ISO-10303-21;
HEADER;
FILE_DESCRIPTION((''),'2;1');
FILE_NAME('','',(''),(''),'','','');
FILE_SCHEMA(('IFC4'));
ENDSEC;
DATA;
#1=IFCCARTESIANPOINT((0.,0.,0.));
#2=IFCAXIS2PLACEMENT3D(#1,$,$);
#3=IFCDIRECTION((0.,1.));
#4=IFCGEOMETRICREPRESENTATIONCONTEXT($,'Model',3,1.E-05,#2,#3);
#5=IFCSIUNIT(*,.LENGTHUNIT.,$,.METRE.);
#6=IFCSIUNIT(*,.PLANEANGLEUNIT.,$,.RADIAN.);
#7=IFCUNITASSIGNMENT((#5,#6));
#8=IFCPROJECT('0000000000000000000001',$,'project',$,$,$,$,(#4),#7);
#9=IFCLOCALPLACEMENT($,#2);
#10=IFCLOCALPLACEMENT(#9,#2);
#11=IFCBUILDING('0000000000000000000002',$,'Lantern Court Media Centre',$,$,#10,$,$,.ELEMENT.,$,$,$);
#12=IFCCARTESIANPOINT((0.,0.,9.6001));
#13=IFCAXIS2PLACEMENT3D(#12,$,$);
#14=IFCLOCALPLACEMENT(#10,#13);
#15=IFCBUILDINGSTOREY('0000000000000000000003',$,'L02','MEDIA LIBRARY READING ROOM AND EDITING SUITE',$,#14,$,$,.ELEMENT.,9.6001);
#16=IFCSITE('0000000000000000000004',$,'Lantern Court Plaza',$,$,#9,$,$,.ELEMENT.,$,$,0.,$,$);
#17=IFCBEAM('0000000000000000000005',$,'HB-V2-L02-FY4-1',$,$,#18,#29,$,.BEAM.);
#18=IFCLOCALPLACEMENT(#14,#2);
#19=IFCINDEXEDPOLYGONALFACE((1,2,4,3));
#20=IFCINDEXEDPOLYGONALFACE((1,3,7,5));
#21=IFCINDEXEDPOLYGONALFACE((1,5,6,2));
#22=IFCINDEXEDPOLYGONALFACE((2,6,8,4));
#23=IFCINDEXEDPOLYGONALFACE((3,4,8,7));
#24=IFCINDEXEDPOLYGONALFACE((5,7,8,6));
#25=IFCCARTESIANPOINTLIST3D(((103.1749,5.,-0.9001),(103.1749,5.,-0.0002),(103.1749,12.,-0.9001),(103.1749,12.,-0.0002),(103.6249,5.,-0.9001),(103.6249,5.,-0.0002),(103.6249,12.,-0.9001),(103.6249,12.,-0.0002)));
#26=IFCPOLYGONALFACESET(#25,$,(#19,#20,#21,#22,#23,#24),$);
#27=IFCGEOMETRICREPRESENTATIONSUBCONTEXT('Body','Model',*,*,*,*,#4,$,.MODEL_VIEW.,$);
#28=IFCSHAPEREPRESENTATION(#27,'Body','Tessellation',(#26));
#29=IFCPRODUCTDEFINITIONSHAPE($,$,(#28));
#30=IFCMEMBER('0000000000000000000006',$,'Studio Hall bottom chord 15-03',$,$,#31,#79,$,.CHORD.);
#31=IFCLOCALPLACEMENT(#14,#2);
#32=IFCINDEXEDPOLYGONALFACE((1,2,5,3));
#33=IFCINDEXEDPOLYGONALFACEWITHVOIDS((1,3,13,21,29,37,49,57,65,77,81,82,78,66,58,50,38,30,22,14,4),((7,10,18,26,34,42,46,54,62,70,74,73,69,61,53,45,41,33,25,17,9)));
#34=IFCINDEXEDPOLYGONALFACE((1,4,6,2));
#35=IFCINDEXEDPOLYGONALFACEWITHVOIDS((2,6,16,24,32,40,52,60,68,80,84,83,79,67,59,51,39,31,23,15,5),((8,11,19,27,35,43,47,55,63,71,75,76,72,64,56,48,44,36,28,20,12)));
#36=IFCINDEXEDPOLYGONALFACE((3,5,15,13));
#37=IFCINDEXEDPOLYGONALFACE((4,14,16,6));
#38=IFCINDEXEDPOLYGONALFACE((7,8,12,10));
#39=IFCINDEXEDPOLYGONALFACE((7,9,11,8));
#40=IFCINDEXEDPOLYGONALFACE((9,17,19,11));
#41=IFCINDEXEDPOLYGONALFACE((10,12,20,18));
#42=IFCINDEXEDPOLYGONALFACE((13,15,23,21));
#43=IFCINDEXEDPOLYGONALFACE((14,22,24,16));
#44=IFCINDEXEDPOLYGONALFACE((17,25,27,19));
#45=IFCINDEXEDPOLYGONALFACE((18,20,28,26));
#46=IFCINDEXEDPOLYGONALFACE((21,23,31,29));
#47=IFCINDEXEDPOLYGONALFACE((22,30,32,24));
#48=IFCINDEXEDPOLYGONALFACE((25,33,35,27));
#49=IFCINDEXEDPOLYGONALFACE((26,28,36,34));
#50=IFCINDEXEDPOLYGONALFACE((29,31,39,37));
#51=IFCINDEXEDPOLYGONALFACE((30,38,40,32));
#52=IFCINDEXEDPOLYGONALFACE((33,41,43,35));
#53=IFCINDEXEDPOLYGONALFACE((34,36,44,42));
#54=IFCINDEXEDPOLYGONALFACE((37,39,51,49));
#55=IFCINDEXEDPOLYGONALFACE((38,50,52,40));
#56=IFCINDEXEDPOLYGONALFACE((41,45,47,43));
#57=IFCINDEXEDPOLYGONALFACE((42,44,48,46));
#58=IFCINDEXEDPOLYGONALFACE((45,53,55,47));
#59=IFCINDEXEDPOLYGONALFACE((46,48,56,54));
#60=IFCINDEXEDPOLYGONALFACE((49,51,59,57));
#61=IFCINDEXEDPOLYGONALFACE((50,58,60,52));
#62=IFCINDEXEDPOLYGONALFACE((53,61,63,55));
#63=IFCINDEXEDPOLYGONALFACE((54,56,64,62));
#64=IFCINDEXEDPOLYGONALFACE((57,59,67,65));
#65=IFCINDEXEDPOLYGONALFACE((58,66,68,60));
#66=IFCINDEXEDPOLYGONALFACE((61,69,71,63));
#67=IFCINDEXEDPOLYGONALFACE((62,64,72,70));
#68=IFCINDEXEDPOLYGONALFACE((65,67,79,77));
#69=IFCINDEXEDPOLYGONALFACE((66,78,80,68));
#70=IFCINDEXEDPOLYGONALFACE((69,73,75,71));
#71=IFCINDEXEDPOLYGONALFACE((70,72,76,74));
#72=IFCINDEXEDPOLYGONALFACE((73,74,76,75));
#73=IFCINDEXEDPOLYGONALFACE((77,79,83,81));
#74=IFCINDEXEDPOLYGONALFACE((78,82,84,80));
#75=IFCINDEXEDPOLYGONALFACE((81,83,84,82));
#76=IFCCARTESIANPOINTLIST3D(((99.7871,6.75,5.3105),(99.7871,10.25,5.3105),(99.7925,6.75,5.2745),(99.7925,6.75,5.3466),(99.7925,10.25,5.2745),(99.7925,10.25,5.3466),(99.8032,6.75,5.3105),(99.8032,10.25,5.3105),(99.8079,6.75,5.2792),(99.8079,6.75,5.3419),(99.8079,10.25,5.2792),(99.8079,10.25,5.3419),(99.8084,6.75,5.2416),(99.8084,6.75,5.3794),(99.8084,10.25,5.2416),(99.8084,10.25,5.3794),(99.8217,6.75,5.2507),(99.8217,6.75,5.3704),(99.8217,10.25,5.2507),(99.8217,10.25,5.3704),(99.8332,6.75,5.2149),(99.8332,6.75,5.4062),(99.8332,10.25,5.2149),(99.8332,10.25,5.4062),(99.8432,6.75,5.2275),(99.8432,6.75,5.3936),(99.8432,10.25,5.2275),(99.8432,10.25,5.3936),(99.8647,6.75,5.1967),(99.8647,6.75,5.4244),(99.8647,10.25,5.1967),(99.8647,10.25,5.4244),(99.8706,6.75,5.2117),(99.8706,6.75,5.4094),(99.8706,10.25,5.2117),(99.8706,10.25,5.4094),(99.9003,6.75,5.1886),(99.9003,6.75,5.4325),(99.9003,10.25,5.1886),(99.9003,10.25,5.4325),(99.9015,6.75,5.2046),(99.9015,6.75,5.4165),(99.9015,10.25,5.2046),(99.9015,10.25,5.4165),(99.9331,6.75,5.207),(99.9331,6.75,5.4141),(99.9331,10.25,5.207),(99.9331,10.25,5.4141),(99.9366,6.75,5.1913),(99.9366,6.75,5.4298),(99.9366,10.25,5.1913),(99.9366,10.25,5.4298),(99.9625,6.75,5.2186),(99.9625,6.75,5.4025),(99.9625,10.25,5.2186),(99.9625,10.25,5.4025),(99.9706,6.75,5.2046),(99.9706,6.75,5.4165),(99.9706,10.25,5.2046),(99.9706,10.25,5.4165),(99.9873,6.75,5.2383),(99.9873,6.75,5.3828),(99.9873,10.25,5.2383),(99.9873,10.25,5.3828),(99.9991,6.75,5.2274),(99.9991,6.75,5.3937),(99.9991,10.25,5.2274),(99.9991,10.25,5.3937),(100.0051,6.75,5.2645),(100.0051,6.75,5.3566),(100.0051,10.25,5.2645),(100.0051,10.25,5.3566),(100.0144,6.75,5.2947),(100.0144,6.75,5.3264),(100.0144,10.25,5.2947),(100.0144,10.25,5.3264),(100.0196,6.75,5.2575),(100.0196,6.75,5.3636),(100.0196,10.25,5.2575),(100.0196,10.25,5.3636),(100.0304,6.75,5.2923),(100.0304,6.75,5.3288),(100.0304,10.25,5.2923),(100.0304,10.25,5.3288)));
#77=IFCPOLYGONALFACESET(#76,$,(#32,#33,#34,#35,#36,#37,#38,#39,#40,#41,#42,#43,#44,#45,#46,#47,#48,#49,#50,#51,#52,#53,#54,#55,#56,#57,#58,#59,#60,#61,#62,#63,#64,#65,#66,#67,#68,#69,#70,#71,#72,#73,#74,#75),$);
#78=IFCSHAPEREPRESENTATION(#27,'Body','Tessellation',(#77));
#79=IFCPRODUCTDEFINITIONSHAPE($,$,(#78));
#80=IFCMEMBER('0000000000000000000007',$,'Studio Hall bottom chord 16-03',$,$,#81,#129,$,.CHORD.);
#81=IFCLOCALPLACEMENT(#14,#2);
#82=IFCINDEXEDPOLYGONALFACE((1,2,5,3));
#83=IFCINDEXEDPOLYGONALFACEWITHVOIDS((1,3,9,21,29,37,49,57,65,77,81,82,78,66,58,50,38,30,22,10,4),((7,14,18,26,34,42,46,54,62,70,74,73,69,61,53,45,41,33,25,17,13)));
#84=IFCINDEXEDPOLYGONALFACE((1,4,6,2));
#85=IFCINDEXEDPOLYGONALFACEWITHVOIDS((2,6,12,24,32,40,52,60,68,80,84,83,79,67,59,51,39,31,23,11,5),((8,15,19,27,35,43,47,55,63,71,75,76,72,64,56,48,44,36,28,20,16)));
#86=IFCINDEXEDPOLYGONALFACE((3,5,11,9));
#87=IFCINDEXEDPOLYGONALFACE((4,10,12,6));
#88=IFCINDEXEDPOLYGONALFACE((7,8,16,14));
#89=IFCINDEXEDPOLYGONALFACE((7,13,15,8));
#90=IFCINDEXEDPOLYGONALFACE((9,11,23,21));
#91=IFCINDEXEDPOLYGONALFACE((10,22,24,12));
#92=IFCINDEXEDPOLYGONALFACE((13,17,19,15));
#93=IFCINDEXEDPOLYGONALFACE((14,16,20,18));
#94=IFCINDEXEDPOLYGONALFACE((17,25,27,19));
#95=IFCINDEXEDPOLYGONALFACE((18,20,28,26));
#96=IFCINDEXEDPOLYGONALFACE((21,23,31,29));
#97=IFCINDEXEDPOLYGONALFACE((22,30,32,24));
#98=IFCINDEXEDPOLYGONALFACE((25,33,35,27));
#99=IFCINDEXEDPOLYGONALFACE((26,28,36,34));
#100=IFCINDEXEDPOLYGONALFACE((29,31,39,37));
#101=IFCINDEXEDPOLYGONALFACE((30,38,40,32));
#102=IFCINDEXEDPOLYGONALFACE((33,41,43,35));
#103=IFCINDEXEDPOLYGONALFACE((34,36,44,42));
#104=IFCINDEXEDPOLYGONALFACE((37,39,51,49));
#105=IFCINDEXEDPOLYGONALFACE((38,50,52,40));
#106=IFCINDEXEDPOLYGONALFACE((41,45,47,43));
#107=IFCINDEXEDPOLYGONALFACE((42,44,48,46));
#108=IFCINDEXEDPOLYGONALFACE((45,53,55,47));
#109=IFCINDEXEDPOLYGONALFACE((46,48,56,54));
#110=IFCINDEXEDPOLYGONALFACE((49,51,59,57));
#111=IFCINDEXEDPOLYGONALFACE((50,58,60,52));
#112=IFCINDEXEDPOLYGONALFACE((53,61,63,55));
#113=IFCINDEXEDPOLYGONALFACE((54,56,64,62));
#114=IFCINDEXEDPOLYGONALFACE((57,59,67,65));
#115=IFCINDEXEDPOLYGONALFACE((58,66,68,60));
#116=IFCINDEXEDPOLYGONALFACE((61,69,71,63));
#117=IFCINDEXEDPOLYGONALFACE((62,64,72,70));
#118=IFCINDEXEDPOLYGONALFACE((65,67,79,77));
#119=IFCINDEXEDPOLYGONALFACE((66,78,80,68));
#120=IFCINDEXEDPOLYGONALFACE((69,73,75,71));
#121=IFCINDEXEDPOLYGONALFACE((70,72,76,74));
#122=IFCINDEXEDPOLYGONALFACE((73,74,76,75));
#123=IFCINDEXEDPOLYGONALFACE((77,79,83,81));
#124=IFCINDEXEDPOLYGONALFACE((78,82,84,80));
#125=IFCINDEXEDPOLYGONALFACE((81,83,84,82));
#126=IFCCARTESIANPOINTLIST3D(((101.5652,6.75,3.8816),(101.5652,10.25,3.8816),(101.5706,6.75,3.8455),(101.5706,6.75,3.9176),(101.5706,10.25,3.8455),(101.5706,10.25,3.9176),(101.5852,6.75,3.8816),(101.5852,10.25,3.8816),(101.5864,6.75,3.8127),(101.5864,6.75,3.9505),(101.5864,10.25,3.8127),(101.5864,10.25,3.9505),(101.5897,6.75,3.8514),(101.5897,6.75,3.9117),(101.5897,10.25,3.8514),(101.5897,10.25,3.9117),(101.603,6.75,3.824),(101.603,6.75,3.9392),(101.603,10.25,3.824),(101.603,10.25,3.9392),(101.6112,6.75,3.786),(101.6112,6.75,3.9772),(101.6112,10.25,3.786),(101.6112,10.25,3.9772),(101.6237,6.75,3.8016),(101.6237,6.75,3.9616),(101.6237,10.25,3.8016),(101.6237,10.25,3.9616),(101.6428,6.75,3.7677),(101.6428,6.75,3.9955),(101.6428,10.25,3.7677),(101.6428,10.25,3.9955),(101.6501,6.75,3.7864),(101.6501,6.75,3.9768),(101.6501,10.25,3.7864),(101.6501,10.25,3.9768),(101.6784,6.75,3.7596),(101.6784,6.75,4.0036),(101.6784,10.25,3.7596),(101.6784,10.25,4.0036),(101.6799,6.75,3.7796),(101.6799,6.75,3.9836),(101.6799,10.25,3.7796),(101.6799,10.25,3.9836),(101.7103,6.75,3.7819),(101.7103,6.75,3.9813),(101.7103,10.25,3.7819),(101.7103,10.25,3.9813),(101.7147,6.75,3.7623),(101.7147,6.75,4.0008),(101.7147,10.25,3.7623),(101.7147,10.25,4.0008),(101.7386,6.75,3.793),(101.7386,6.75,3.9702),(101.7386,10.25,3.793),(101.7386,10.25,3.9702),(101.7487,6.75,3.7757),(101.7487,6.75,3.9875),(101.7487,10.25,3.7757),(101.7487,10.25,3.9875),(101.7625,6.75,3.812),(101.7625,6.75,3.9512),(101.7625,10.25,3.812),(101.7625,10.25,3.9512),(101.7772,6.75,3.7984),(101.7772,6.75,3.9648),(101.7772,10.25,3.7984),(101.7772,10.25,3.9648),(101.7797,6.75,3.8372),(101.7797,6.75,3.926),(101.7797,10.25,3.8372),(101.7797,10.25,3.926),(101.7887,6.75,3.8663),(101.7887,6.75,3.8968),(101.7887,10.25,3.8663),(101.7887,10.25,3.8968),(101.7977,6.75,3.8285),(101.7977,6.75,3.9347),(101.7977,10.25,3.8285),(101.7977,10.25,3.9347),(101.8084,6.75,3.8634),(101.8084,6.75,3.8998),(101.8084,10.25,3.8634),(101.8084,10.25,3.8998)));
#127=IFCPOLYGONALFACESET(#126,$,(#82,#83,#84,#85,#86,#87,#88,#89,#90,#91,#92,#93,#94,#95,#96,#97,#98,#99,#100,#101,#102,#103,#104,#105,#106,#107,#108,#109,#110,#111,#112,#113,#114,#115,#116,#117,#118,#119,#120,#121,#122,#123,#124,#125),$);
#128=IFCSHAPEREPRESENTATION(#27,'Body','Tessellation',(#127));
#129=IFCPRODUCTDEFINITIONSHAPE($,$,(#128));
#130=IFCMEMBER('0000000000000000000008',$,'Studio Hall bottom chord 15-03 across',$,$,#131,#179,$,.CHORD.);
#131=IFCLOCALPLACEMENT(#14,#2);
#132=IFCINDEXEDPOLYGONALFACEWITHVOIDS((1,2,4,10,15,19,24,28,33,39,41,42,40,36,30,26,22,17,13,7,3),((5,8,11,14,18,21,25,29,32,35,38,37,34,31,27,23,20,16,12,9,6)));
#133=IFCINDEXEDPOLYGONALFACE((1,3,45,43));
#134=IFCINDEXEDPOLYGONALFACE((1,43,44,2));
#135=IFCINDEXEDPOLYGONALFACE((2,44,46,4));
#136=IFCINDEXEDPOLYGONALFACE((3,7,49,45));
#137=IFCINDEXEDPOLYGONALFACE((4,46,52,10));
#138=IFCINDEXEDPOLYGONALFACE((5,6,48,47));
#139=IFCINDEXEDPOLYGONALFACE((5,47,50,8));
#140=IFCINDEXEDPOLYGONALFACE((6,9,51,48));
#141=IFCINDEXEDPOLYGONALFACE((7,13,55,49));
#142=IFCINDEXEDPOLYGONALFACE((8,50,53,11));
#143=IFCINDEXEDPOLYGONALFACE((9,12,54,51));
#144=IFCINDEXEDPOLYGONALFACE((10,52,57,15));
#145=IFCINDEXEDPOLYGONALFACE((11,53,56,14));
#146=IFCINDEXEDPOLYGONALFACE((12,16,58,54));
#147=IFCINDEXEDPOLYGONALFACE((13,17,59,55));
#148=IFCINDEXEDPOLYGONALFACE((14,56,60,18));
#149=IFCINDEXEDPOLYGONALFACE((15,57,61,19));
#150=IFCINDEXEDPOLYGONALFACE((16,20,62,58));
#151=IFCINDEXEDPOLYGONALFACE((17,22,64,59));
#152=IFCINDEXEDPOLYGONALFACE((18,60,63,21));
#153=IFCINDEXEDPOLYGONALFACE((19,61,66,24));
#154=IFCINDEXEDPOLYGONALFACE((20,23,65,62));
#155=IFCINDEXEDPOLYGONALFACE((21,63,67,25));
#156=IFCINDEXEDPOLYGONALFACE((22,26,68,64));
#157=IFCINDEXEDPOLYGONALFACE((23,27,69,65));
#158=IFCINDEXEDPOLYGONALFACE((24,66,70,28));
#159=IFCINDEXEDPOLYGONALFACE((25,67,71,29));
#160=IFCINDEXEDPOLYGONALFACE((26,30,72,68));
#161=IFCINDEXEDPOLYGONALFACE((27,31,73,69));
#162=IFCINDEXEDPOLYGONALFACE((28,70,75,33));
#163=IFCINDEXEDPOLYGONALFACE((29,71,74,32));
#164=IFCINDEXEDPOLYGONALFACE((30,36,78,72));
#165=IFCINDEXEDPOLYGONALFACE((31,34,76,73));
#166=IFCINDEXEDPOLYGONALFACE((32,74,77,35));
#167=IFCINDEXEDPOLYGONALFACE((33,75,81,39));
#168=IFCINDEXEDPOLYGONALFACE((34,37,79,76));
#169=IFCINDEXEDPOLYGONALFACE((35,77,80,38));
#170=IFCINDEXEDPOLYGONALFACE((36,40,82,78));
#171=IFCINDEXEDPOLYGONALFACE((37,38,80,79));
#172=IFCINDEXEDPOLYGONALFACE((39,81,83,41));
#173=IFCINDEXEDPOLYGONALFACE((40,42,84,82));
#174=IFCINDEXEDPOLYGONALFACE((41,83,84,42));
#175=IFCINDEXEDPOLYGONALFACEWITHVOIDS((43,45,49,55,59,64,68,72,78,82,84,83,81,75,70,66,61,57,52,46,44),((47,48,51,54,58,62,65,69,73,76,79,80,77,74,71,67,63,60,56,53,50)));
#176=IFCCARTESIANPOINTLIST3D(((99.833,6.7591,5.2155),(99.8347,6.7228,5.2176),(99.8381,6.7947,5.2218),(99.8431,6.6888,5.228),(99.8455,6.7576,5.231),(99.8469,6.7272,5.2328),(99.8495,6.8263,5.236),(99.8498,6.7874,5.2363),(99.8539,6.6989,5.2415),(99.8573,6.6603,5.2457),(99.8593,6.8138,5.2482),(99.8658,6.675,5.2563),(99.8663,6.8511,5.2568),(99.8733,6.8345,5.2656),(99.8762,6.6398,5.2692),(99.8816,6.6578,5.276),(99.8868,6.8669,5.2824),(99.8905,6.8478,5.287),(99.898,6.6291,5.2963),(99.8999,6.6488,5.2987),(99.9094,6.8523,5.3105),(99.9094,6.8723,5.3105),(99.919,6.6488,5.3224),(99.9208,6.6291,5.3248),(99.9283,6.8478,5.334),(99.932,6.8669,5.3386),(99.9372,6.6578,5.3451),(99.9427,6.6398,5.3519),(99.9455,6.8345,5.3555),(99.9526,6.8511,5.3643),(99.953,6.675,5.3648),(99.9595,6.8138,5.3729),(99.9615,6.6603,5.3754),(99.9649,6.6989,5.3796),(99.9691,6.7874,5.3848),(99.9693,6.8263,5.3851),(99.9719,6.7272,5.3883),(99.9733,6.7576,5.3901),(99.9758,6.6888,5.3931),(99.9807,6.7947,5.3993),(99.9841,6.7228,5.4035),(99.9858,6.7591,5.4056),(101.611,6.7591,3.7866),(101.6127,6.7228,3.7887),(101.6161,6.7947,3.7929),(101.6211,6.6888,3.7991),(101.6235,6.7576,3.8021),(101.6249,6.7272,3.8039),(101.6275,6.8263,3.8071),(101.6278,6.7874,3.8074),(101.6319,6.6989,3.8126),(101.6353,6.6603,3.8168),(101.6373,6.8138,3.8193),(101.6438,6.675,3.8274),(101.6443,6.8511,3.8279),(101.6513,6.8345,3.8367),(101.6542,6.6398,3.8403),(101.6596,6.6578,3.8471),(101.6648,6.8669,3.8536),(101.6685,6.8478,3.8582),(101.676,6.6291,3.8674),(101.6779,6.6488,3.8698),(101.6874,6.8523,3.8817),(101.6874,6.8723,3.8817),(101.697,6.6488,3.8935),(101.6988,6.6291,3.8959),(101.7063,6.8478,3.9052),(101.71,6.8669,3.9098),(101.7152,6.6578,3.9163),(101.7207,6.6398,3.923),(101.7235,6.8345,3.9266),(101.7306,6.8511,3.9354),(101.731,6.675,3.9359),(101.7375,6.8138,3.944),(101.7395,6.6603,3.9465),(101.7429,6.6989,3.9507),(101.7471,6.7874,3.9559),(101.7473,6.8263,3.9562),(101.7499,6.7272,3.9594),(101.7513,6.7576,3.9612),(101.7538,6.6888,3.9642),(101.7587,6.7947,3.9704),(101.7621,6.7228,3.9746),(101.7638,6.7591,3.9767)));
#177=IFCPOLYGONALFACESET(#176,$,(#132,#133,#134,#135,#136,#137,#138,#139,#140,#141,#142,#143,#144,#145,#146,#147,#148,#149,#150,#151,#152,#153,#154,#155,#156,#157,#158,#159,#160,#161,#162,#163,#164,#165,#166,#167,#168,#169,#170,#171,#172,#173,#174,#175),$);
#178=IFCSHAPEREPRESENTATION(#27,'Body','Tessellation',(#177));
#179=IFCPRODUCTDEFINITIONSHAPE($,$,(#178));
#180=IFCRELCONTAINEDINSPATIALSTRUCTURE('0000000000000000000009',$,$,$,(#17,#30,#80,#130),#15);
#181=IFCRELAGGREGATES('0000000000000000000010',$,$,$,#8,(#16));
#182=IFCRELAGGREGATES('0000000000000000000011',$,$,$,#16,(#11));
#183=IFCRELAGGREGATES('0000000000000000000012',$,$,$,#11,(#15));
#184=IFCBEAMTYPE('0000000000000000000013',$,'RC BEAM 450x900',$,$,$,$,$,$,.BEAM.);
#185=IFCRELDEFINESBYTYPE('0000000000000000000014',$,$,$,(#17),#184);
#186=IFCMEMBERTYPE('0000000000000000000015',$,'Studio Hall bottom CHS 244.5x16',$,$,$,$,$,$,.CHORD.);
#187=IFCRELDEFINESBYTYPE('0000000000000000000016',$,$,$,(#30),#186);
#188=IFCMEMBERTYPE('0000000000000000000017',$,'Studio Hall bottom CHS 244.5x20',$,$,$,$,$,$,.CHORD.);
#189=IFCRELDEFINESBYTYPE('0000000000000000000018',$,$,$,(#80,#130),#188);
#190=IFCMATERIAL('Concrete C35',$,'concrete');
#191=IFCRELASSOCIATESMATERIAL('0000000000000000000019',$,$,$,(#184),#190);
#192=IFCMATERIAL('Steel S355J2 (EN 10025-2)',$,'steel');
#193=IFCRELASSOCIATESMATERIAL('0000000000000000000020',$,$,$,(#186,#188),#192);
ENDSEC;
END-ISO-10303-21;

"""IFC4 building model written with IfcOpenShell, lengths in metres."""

from ifc_helpers import new_model, si_unit, direction, frame, origin, origin_2d, place, context, subcontext, project, spatial, rectangle, hollow_circle, extrude, material, material_profile, profile_set, type_object, element, save


model = new_model("IFC4")

# Units and contexts
model_context = context("Model", 3, precision=1e-05, world=origin(), true_north=direction((0.0, 1.0)))
body_context = subcontext(model_context, "Body", "Model", "MODEL_VIEW")
ifc_project = project(units=[si_unit("LENGTHUNIT", "METRE"), si_unit("PLANEANGLEUNIT", "RADIAN")], contexts=[model_context])

# Site, building, storey
site_placement = place(None, origin())
site = spatial("IfcSite", under=ifc_project, at=site_placement, Name="Lantern Court Plaza", CompositionType="ELEMENT", RefElevation=0.0)
building_placement = place(site_placement, origin())
building = spatial("IfcBuilding", under=site, at=building_placement, Name="Lantern Court Media Centre", CompositionType="ELEMENT")
storey_placement = place(building_placement, frame((0.0, 0.0, 9.6001)))
storey = spatial("IfcBuildingStorey", under=building, at=storey_placement, Name="L02", Description="MEDIA LIBRARY READING ROOM AND EDITING SUITE", CompositionType="ELEMENT", Elevation=9.6001)

# Shared definitions
ifc_material_1 = material(Name="Concrete C35", Category="concrete")
ifc_material_2 = material(Name="Steel S355J2 (EN 10025-2)", Category="steel")

# Beam
ifc_material_profile_1 = material_profile(ifc_material_1, rectangle(XDim=0.45, YDim=0.8999, at=origin_2d()), Name="RC 450x900")
ifc_profile_set_1 = profile_set([ifc_material_profile_1], Name="Concrete C35")
beam_type_1 = type_object("IfcBeamType", Name="RC BEAM 450x900", PredefinedType="BEAM", material=ifc_profile_set_1)
beam_1_placement = place(storey_placement, frame((103.3999, 5.0, -0.4502), z_axis=(0.0, 1.0, 0.0), x_axis=(-1.0, 0.0, 0.0)))
element("IfcBeam", 1, at=beam_1_placement, inside=storey, type_object=beam_type_1, Name="HB-V2-L02-FY4-1", PredefinedType="BEAM", context=body_context, shape_type="SweptSolid", body=[
    extrude(rectangle(XDim=0.45, YDim=0.8999, at=origin_2d()), origin(), (0.0, 0.0, 1.0), 7.0),
])

# Members
ifc_material_profile_2 = material_profile(ifc_material_2, hollow_circle(Radius=0.1223, WallThickness=0.0161, at=origin_2d()), Name="Studio Hall bottom CHS 244.5x16")
ifc_profile_set_2 = profile_set([ifc_material_profile_2], Name="Steel S355J2 (EN 10025-2)")
member_type_1 = type_object("IfcMemberType", Name="Studio Hall bottom CHS 244.5x16", PredefinedType="CHORD", material=ifc_profile_set_2)
member_1_placement = place(storey_placement, frame((99.9094, 6.75, 5.3105), z_axis=(0.0, 1.0, 0.0), x_axis=(-1.0, 0.0, 0.0)))
element("IfcMember", 2, at=member_1_placement, inside=storey, type_object=member_type_1, Name="Studio Hall bottom chord 15-03", PredefinedType="CHORD", context=body_context, shape_type="SweptSolid", body=[
    extrude(hollow_circle(Radius=0.1223, WallThickness=0.0161, at=origin_2d()), origin(), (0.0, 0.0, 1.0), 3.5),
])
ifc_material_profile_3 = material_profile(ifc_material_2, hollow_circle(Radius=0.1223, WallThickness=0.02, at=origin_2d()), Name="Studio Hall bottom CHS 244.5x20")
ifc_profile_set_3 = profile_set([ifc_material_profile_3], Name="Steel S355J2 (EN 10025-2)")
member_type_2 = type_object("IfcMemberType", Name="Studio Hall bottom CHS 244.5x20", PredefinedType="CHORD", material=ifc_profile_set_3)
member_2_placement = place(storey_placement, frame((101.6875, 6.75, 3.8816), z_axis=(0.0, 1.0, 0.0), x_axis=(-1.0, 0.0, 0.0)))
element("IfcMember", 3, at=member_2_placement, inside=storey, type_object=member_type_2, Name="Studio Hall bottom chord 16-03", PredefinedType="CHORD", context=body_context, shape_type="SweptSolid", body=[
    extrude(hollow_circle(Radius=0.1223, WallThickness=0.02, at=origin_2d()), origin(), (0.0, 0.0, 1.0), 3.5),
])
member_3_placement = place(storey_placement, frame((99.9094, 6.75, 5.3105), z_axis=(0.779478, 0.0, -0.626429), x_axis=(0.0, 1.0, 0.0)))
element("IfcMember", 4, at=member_3_placement, inside=storey, type_object=member_type_2, Name="Studio Hall bottom chord 15-03 across", PredefinedType="CHORD", context=body_context, shape_type="SweptSolid", body=[
    extrude(hollow_circle(Radius=0.1223, WallThickness=0.02, at=origin_2d()), origin(), (0.0, 0.0, 1.0), 2.281),
])

save(model, "model.ifc")
